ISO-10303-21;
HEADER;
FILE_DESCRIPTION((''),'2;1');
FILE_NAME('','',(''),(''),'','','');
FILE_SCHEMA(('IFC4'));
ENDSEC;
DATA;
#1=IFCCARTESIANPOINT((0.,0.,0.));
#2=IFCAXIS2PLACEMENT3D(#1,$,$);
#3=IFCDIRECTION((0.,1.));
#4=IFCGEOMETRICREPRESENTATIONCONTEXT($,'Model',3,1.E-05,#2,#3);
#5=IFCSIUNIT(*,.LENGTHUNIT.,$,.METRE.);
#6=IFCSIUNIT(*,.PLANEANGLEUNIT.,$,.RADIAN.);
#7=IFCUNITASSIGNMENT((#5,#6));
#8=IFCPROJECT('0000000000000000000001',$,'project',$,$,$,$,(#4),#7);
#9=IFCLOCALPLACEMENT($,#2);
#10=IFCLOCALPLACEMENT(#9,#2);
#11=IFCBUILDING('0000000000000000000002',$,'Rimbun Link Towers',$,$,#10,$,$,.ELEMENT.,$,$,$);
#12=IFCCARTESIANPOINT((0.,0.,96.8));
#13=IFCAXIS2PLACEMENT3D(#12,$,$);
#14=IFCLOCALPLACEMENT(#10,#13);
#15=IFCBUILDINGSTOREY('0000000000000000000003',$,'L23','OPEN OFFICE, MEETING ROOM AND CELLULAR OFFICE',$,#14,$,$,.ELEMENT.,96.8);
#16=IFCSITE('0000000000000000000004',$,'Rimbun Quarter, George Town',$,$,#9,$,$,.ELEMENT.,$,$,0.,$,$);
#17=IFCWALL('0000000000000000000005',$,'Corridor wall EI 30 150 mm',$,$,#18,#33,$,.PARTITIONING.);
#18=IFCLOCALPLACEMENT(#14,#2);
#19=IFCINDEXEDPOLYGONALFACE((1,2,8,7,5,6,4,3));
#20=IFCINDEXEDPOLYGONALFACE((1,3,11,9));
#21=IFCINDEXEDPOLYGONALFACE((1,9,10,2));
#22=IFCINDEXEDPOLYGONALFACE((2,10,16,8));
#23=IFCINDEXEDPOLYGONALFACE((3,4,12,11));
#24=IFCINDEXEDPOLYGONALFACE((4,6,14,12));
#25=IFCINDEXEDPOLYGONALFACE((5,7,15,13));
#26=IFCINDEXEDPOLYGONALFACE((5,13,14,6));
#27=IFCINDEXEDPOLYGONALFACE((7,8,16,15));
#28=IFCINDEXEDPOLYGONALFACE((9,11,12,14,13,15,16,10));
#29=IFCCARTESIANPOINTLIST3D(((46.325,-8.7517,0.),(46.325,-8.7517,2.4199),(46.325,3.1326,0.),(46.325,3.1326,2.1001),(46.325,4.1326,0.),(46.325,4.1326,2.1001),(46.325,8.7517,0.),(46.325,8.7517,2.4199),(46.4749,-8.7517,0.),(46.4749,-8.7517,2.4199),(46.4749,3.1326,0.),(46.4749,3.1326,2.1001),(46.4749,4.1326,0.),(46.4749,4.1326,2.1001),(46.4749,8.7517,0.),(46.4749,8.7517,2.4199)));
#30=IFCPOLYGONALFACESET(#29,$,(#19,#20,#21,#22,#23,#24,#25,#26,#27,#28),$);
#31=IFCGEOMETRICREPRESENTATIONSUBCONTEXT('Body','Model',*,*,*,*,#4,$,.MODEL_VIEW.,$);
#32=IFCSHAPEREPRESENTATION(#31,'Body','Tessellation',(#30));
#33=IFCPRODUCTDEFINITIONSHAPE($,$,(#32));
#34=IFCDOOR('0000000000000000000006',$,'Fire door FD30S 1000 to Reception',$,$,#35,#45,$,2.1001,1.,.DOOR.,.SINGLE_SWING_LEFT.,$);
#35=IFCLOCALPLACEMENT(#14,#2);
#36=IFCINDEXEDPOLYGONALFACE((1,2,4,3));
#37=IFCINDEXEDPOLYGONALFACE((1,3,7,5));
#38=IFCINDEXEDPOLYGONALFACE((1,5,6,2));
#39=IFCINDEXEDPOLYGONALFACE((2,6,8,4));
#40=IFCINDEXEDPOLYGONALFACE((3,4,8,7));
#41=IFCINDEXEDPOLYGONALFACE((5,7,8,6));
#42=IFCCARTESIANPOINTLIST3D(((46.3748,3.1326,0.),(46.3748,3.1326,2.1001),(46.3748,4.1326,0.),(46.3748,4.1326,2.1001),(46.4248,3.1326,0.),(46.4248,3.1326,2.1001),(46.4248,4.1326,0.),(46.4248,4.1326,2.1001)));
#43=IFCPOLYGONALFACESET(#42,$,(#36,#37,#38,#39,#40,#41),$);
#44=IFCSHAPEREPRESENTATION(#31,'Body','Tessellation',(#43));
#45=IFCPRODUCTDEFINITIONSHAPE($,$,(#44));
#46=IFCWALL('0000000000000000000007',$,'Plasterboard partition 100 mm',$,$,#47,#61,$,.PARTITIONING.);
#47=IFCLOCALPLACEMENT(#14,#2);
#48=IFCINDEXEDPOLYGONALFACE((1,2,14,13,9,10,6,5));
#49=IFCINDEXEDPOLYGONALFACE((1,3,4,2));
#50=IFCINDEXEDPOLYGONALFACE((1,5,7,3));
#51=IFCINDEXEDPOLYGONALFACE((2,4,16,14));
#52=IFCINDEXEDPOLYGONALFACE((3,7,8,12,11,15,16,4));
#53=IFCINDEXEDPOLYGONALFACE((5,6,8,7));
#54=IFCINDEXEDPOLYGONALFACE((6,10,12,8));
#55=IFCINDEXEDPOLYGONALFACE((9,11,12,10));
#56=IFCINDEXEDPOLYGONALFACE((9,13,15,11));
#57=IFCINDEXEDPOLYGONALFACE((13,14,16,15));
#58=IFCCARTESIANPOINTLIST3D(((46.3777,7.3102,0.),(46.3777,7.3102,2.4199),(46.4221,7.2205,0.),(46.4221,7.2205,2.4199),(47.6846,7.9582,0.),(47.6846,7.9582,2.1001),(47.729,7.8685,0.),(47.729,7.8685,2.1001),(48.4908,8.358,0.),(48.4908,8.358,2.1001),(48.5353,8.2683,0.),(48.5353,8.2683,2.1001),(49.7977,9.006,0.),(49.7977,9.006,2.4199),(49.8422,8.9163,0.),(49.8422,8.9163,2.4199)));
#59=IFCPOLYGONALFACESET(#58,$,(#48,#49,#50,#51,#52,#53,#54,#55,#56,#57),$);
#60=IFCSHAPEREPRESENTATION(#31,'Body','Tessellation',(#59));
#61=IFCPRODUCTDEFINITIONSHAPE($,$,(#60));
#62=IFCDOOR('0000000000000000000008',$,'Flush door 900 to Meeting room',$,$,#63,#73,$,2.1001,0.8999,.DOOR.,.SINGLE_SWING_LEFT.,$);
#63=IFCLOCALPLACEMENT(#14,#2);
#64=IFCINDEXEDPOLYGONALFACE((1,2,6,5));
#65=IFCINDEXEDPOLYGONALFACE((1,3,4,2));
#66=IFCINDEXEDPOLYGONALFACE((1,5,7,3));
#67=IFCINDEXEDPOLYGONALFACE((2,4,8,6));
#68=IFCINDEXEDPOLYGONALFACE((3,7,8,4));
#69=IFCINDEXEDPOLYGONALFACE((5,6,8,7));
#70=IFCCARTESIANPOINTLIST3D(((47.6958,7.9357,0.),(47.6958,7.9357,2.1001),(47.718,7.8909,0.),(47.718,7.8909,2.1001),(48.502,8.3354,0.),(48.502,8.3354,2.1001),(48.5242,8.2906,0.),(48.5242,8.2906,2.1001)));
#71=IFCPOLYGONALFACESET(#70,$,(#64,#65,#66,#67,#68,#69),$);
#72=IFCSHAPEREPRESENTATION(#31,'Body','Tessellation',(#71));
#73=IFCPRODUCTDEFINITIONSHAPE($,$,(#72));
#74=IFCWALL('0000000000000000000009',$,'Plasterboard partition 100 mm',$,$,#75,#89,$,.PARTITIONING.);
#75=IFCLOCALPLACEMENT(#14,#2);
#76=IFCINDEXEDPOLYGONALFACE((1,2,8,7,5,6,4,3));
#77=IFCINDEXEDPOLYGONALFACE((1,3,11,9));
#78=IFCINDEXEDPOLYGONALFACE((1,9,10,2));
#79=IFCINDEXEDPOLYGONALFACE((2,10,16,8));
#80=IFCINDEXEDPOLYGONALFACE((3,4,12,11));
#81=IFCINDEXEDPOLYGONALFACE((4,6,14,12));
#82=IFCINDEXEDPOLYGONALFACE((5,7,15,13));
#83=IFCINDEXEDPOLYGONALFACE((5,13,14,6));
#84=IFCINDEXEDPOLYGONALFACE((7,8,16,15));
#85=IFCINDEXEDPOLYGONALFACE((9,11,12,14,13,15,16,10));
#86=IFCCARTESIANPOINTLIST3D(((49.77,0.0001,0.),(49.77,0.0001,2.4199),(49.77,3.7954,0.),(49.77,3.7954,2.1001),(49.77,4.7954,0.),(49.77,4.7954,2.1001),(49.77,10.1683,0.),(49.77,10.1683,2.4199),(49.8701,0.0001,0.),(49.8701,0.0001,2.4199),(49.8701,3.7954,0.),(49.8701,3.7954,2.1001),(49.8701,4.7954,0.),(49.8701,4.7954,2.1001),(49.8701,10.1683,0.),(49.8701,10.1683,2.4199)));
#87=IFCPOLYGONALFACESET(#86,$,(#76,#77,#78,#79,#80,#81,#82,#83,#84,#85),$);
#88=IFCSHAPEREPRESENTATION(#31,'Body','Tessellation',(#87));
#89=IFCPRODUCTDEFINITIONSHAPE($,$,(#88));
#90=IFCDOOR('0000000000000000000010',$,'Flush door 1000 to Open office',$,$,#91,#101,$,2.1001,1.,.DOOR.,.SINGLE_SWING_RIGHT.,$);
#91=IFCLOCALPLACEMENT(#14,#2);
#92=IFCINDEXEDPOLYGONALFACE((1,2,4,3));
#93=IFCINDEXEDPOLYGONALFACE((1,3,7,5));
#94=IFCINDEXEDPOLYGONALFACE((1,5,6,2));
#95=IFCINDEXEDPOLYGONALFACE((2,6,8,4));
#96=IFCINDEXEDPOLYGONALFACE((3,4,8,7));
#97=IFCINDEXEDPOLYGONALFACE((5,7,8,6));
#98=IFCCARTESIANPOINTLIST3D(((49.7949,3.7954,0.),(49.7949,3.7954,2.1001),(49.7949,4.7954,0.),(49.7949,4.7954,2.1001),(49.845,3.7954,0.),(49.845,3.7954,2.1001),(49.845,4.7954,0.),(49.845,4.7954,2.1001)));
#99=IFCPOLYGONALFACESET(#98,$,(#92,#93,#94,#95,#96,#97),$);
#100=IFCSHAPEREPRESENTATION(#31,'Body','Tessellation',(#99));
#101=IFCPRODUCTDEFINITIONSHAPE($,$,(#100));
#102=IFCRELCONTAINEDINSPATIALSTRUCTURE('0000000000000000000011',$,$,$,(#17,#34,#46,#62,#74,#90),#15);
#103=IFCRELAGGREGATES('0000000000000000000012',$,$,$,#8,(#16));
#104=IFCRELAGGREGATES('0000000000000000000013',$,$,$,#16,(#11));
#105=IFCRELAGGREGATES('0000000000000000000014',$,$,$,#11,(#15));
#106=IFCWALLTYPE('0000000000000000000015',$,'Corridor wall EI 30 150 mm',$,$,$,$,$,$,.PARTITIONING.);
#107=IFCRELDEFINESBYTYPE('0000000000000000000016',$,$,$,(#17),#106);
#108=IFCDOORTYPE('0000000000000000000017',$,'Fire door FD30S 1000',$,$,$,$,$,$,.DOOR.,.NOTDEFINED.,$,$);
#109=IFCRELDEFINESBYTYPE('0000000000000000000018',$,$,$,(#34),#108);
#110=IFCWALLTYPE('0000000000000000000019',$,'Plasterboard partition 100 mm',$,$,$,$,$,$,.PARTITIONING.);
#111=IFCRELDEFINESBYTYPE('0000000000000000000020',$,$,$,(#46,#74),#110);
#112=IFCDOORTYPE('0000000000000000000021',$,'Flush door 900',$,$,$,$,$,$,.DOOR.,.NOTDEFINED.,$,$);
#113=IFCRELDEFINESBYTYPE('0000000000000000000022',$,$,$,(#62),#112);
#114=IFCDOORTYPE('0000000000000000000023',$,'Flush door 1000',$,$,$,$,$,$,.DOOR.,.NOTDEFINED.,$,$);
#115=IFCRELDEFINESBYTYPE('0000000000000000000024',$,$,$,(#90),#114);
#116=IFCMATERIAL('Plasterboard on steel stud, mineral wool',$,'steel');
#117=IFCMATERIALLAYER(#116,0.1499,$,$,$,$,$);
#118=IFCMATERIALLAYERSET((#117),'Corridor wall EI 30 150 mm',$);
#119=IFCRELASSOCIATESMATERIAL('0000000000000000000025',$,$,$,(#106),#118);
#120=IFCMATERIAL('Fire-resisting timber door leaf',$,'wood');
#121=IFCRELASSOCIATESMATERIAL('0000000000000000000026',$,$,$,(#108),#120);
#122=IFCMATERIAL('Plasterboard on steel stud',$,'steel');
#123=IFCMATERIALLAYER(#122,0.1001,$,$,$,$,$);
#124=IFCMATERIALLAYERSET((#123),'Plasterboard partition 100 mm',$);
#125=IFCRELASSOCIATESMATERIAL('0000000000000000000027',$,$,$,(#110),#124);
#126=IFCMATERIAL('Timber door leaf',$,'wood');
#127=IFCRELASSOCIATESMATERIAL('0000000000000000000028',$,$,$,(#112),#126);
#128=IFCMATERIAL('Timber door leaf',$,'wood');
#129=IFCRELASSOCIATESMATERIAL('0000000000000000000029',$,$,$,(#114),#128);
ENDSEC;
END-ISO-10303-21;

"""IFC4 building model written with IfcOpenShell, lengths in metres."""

from ifc_helpers import new_model, si_unit, direction, frame, frame_2d, origin, place, context, subcontext, project, spatial, rectangle, extrude, material, layer, layer_set, type_object, element, fill, save


model = new_model("IFC4")

# Units and contexts
model_context = context("Model", 3, precision=1e-05, world=origin(), true_north=direction((0.0, 1.0)))
body_context = subcontext(model_context, "Body", "Model", "MODEL_VIEW")
ifc_project = project(units=[si_unit("LENGTHUNIT", "METRE"), si_unit("PLANEANGLEUNIT", "RADIAN")], contexts=[model_context])

# Site, building, storey
site_placement = place(None, origin())
site = spatial("IfcSite", under=ifc_project, at=site_placement, Name="Rimbun Quarter, George Town", CompositionType="ELEMENT", RefElevation=0.0)
building_placement = place(site_placement, origin())
building = spatial("IfcBuilding", under=site, at=building_placement, Name="Rimbun Link Towers", CompositionType="ELEMENT")
storey_placement = place(building_placement, frame((0.0, 0.0, 96.8)))
storey = spatial("IfcBuildingStorey", under=building, at=storey_placement, Name="L23", Description="OPEN OFFICE, MEETING ROOM AND CELLULAR OFFICE", CompositionType="ELEMENT", Elevation=96.8)

# Shared definitions
ifc_material_1 = material(Name="Plasterboard on steel stud, mineral wool", Category="steel")
ifc_layer_1 = layer(ifc_material_1, 0.1499)
ifc_layer_set_1 = layer_set([ifc_layer_1], Name="Corridor wall EI 30 150 mm")
wall_type_1 = type_object("IfcWallType", Name="Corridor wall EI 30 150 mm", PredefinedType="PARTITIONING", material=ifc_layer_set_1)

# Walls, openings, doors
wall_1_placement = place(storey_placement, frame((46.3999, 8.7517, 0.0), z_axis=(0.0, 0.0, 1.0), x_axis=(0.0, -1.0, 0.0)))
wall_1 = element("IfcWall", 1, at=wall_1_placement, inside=storey, type_object=wall_type_1, Name="Corridor wall EI 30 150 mm", PredefinedType="PARTITIONING", context=body_context, shape_type="SweptSolid", body=[
    extrude(rectangle(XDim=17.5034, YDim=0.1499, at=frame_2d((8.7517, 0.0))), origin(), (0.0, 0.0, 1.0), 2.4199),
])
opening_1_placement = place(wall_1_placement, frame((4.6191, 0.0, 0.0)))
opening_1 = element("IfcOpeningElement", 2, at=opening_1_placement, cuts=wall_1, PredefinedType="OPENING", context=body_context, shape_type="SweptSolid", body=[
    extrude(rectangle(XDim=1.0, YDim=2.1001, at=frame_2d((0.5, 1.05))), frame((0.0, 0.085, 0.0), z_axis=(0.0, -1.0, 0.0), x_axis=(1.0, 0.0, 0.0)), (0.0, 0.0, 1.0), 0.1699),
])
ifc_material_2 = material(Name="Fire-resisting timber door leaf", Category="wood")
door_type_1 = type_object("IfcDoorType", Name="Fire door FD30S 1000", OperationType="NOTDEFINED", PredefinedType="DOOR", material=ifc_material_2)
door_1_placement = place(opening_1_placement, origin())
door_1 = element("IfcDoor", 3, at=door_1_placement, inside=storey, type_object=door_type_1, Name="Fire door FD30S 1000 to Reception", OperationType="SINGLE_SWING_LEFT", OverallHeight=2.1001, OverallWidth=1.0, PredefinedType="DOOR", context=body_context, shape_type="SweptSolid", body=[
    extrude(rectangle(XDim=1.0, YDim=2.1001, at=frame_2d((0.5, 1.05))), frame((0.0, 0.0249, 0.0), z_axis=(0.0, -1.0, 0.0), x_axis=(1.0, 0.0, 0.0)), (0.0, 0.0, 1.0), 0.05),
])
fill(opening_1, door_1)
ifc_material_3 = material(Name="Plasterboard on steel stud", Category="steel")
ifc_layer_2 = layer(ifc_material_3, 0.1001)
ifc_layer_set_2 = layer_set([ifc_layer_2], Name="Plasterboard partition 100 mm")
wall_type_2 = type_object("IfcWallType", Name="Plasterboard partition 100 mm", PredefinedType="PARTITIONING", material=ifc_layer_set_2)
wall_2_placement = place(storey_placement, frame((46.3999, 7.2654, 0.0), z_axis=(0.0, 0.0, 1.0), x_axis=(0.895919, 0.444218, 0.0)))
wall_2 = element("IfcWall", 4, at=wall_2_placement, inside=storey, type_object=wall_type_2, Name="Plasterboard partition 100 mm", PredefinedType="PARTITIONING", context=body_context, shape_type="SweptSolid", body=[
    extrude(rectangle(XDim=3.8174, YDim=0.1001, at=frame_2d((1.9087, 0.0))), origin(), (0.0, 0.0, 1.0), 2.4199),
])
opening_2_placement = place(wall_2_placement, frame((1.4587, 0.0, 0.0)))
opening_2 = element("IfcOpeningElement", 5, at=opening_2_placement, cuts=wall_2, PredefinedType="OPENING", context=body_context, shape_type="SweptSolid", body=[
    extrude(rectangle(XDim=0.8999, YDim=2.1001, at=frame_2d((0.45, 1.05))), frame((0.0, 0.0601, 0.0), z_axis=(0.0, -1.0, 0.0), x_axis=(1.0, 0.0, 0.0)), (0.0, 0.0, 1.0), 0.1201),
])
ifc_material_4 = material(Name="Timber door leaf", Category="wood")
door_type_2 = type_object("IfcDoorType", Name="Flush door 900", OperationType="NOTDEFINED", PredefinedType="DOOR", material=ifc_material_4)
door_2_placement = place(opening_2_placement, origin())
door_2 = element("IfcDoor", 6, at=door_2_placement, inside=storey, type_object=door_type_2, Name="Flush door 900 to Meeting room", OperationType="SINGLE_SWING_LEFT", OverallHeight=2.1001, OverallWidth=0.8999, PredefinedType="DOOR", context=body_context, shape_type="SweptSolid", body=[
    extrude(rectangle(XDim=0.8999, YDim=2.1001, at=frame_2d((0.45, 1.05))), frame((0.0, 0.0249, 0.0), z_axis=(0.0, -1.0, 0.0), x_axis=(1.0, 0.0, 0.0)), (0.0, 0.0, 1.0), 0.05),
])
fill(opening_2, door_2)
wall_3_placement = place(storey_placement, frame((49.8201, 10.1682, 0.0), z_axis=(0.0, 0.0, 1.0), x_axis=(0.0, -1.0, 0.0)))
wall_3 = element("IfcWall", 7, at=wall_3_placement, inside=storey, type_object=wall_type_2, Name="Plasterboard partition 100 mm", PredefinedType="PARTITIONING", context=body_context, shape_type="SweptSolid", body=[
    extrude(rectangle(XDim=10.1682, YDim=0.1001, at=frame_2d((5.084, 0.0))), origin(), (0.0, 0.0, 1.0), 2.4199),
])
opening_3_placement = place(wall_3_placement, frame((5.3728, 0.0, 0.0)))
opening_3 = element("IfcOpeningElement", 8, at=opening_3_placement, cuts=wall_3, PredefinedType="OPENING", context=body_context, shape_type="SweptSolid", body=[
    extrude(rectangle(XDim=1.0, YDim=2.1001, at=frame_2d((0.5, 1.05))), frame((0.0, 0.0601, 0.0), z_axis=(0.0, -1.0, 0.0), x_axis=(1.0, 0.0, 0.0)), (0.0, 0.0, 1.0), 0.1201),
])
ifc_material_5 = material(Name="Timber door leaf", Category="wood")
door_type_3 = type_object("IfcDoorType", Name="Flush door 1000", OperationType="NOTDEFINED", PredefinedType="DOOR", material=ifc_material_5)
door_3_placement = place(opening_3_placement, origin())
door_3 = element("IfcDoor", 9, at=door_3_placement, inside=storey, type_object=door_type_3, Name="Flush door 1000 to Open office", OperationType="SINGLE_SWING_RIGHT", OverallHeight=2.1001, OverallWidth=1.0, PredefinedType="DOOR", context=body_context, shape_type="SweptSolid", body=[
    extrude(rectangle(XDim=1.0, YDim=2.1001, at=frame_2d((0.5, 1.05))), frame((0.0, 0.0249, 0.0), z_axis=(0.0, -1.0, 0.0), x_axis=(1.0, 0.0, 0.0)), (0.0, 0.0, 1.0), 0.05),
])
fill(opening_3, door_3)

save(model, "model.ifc")
